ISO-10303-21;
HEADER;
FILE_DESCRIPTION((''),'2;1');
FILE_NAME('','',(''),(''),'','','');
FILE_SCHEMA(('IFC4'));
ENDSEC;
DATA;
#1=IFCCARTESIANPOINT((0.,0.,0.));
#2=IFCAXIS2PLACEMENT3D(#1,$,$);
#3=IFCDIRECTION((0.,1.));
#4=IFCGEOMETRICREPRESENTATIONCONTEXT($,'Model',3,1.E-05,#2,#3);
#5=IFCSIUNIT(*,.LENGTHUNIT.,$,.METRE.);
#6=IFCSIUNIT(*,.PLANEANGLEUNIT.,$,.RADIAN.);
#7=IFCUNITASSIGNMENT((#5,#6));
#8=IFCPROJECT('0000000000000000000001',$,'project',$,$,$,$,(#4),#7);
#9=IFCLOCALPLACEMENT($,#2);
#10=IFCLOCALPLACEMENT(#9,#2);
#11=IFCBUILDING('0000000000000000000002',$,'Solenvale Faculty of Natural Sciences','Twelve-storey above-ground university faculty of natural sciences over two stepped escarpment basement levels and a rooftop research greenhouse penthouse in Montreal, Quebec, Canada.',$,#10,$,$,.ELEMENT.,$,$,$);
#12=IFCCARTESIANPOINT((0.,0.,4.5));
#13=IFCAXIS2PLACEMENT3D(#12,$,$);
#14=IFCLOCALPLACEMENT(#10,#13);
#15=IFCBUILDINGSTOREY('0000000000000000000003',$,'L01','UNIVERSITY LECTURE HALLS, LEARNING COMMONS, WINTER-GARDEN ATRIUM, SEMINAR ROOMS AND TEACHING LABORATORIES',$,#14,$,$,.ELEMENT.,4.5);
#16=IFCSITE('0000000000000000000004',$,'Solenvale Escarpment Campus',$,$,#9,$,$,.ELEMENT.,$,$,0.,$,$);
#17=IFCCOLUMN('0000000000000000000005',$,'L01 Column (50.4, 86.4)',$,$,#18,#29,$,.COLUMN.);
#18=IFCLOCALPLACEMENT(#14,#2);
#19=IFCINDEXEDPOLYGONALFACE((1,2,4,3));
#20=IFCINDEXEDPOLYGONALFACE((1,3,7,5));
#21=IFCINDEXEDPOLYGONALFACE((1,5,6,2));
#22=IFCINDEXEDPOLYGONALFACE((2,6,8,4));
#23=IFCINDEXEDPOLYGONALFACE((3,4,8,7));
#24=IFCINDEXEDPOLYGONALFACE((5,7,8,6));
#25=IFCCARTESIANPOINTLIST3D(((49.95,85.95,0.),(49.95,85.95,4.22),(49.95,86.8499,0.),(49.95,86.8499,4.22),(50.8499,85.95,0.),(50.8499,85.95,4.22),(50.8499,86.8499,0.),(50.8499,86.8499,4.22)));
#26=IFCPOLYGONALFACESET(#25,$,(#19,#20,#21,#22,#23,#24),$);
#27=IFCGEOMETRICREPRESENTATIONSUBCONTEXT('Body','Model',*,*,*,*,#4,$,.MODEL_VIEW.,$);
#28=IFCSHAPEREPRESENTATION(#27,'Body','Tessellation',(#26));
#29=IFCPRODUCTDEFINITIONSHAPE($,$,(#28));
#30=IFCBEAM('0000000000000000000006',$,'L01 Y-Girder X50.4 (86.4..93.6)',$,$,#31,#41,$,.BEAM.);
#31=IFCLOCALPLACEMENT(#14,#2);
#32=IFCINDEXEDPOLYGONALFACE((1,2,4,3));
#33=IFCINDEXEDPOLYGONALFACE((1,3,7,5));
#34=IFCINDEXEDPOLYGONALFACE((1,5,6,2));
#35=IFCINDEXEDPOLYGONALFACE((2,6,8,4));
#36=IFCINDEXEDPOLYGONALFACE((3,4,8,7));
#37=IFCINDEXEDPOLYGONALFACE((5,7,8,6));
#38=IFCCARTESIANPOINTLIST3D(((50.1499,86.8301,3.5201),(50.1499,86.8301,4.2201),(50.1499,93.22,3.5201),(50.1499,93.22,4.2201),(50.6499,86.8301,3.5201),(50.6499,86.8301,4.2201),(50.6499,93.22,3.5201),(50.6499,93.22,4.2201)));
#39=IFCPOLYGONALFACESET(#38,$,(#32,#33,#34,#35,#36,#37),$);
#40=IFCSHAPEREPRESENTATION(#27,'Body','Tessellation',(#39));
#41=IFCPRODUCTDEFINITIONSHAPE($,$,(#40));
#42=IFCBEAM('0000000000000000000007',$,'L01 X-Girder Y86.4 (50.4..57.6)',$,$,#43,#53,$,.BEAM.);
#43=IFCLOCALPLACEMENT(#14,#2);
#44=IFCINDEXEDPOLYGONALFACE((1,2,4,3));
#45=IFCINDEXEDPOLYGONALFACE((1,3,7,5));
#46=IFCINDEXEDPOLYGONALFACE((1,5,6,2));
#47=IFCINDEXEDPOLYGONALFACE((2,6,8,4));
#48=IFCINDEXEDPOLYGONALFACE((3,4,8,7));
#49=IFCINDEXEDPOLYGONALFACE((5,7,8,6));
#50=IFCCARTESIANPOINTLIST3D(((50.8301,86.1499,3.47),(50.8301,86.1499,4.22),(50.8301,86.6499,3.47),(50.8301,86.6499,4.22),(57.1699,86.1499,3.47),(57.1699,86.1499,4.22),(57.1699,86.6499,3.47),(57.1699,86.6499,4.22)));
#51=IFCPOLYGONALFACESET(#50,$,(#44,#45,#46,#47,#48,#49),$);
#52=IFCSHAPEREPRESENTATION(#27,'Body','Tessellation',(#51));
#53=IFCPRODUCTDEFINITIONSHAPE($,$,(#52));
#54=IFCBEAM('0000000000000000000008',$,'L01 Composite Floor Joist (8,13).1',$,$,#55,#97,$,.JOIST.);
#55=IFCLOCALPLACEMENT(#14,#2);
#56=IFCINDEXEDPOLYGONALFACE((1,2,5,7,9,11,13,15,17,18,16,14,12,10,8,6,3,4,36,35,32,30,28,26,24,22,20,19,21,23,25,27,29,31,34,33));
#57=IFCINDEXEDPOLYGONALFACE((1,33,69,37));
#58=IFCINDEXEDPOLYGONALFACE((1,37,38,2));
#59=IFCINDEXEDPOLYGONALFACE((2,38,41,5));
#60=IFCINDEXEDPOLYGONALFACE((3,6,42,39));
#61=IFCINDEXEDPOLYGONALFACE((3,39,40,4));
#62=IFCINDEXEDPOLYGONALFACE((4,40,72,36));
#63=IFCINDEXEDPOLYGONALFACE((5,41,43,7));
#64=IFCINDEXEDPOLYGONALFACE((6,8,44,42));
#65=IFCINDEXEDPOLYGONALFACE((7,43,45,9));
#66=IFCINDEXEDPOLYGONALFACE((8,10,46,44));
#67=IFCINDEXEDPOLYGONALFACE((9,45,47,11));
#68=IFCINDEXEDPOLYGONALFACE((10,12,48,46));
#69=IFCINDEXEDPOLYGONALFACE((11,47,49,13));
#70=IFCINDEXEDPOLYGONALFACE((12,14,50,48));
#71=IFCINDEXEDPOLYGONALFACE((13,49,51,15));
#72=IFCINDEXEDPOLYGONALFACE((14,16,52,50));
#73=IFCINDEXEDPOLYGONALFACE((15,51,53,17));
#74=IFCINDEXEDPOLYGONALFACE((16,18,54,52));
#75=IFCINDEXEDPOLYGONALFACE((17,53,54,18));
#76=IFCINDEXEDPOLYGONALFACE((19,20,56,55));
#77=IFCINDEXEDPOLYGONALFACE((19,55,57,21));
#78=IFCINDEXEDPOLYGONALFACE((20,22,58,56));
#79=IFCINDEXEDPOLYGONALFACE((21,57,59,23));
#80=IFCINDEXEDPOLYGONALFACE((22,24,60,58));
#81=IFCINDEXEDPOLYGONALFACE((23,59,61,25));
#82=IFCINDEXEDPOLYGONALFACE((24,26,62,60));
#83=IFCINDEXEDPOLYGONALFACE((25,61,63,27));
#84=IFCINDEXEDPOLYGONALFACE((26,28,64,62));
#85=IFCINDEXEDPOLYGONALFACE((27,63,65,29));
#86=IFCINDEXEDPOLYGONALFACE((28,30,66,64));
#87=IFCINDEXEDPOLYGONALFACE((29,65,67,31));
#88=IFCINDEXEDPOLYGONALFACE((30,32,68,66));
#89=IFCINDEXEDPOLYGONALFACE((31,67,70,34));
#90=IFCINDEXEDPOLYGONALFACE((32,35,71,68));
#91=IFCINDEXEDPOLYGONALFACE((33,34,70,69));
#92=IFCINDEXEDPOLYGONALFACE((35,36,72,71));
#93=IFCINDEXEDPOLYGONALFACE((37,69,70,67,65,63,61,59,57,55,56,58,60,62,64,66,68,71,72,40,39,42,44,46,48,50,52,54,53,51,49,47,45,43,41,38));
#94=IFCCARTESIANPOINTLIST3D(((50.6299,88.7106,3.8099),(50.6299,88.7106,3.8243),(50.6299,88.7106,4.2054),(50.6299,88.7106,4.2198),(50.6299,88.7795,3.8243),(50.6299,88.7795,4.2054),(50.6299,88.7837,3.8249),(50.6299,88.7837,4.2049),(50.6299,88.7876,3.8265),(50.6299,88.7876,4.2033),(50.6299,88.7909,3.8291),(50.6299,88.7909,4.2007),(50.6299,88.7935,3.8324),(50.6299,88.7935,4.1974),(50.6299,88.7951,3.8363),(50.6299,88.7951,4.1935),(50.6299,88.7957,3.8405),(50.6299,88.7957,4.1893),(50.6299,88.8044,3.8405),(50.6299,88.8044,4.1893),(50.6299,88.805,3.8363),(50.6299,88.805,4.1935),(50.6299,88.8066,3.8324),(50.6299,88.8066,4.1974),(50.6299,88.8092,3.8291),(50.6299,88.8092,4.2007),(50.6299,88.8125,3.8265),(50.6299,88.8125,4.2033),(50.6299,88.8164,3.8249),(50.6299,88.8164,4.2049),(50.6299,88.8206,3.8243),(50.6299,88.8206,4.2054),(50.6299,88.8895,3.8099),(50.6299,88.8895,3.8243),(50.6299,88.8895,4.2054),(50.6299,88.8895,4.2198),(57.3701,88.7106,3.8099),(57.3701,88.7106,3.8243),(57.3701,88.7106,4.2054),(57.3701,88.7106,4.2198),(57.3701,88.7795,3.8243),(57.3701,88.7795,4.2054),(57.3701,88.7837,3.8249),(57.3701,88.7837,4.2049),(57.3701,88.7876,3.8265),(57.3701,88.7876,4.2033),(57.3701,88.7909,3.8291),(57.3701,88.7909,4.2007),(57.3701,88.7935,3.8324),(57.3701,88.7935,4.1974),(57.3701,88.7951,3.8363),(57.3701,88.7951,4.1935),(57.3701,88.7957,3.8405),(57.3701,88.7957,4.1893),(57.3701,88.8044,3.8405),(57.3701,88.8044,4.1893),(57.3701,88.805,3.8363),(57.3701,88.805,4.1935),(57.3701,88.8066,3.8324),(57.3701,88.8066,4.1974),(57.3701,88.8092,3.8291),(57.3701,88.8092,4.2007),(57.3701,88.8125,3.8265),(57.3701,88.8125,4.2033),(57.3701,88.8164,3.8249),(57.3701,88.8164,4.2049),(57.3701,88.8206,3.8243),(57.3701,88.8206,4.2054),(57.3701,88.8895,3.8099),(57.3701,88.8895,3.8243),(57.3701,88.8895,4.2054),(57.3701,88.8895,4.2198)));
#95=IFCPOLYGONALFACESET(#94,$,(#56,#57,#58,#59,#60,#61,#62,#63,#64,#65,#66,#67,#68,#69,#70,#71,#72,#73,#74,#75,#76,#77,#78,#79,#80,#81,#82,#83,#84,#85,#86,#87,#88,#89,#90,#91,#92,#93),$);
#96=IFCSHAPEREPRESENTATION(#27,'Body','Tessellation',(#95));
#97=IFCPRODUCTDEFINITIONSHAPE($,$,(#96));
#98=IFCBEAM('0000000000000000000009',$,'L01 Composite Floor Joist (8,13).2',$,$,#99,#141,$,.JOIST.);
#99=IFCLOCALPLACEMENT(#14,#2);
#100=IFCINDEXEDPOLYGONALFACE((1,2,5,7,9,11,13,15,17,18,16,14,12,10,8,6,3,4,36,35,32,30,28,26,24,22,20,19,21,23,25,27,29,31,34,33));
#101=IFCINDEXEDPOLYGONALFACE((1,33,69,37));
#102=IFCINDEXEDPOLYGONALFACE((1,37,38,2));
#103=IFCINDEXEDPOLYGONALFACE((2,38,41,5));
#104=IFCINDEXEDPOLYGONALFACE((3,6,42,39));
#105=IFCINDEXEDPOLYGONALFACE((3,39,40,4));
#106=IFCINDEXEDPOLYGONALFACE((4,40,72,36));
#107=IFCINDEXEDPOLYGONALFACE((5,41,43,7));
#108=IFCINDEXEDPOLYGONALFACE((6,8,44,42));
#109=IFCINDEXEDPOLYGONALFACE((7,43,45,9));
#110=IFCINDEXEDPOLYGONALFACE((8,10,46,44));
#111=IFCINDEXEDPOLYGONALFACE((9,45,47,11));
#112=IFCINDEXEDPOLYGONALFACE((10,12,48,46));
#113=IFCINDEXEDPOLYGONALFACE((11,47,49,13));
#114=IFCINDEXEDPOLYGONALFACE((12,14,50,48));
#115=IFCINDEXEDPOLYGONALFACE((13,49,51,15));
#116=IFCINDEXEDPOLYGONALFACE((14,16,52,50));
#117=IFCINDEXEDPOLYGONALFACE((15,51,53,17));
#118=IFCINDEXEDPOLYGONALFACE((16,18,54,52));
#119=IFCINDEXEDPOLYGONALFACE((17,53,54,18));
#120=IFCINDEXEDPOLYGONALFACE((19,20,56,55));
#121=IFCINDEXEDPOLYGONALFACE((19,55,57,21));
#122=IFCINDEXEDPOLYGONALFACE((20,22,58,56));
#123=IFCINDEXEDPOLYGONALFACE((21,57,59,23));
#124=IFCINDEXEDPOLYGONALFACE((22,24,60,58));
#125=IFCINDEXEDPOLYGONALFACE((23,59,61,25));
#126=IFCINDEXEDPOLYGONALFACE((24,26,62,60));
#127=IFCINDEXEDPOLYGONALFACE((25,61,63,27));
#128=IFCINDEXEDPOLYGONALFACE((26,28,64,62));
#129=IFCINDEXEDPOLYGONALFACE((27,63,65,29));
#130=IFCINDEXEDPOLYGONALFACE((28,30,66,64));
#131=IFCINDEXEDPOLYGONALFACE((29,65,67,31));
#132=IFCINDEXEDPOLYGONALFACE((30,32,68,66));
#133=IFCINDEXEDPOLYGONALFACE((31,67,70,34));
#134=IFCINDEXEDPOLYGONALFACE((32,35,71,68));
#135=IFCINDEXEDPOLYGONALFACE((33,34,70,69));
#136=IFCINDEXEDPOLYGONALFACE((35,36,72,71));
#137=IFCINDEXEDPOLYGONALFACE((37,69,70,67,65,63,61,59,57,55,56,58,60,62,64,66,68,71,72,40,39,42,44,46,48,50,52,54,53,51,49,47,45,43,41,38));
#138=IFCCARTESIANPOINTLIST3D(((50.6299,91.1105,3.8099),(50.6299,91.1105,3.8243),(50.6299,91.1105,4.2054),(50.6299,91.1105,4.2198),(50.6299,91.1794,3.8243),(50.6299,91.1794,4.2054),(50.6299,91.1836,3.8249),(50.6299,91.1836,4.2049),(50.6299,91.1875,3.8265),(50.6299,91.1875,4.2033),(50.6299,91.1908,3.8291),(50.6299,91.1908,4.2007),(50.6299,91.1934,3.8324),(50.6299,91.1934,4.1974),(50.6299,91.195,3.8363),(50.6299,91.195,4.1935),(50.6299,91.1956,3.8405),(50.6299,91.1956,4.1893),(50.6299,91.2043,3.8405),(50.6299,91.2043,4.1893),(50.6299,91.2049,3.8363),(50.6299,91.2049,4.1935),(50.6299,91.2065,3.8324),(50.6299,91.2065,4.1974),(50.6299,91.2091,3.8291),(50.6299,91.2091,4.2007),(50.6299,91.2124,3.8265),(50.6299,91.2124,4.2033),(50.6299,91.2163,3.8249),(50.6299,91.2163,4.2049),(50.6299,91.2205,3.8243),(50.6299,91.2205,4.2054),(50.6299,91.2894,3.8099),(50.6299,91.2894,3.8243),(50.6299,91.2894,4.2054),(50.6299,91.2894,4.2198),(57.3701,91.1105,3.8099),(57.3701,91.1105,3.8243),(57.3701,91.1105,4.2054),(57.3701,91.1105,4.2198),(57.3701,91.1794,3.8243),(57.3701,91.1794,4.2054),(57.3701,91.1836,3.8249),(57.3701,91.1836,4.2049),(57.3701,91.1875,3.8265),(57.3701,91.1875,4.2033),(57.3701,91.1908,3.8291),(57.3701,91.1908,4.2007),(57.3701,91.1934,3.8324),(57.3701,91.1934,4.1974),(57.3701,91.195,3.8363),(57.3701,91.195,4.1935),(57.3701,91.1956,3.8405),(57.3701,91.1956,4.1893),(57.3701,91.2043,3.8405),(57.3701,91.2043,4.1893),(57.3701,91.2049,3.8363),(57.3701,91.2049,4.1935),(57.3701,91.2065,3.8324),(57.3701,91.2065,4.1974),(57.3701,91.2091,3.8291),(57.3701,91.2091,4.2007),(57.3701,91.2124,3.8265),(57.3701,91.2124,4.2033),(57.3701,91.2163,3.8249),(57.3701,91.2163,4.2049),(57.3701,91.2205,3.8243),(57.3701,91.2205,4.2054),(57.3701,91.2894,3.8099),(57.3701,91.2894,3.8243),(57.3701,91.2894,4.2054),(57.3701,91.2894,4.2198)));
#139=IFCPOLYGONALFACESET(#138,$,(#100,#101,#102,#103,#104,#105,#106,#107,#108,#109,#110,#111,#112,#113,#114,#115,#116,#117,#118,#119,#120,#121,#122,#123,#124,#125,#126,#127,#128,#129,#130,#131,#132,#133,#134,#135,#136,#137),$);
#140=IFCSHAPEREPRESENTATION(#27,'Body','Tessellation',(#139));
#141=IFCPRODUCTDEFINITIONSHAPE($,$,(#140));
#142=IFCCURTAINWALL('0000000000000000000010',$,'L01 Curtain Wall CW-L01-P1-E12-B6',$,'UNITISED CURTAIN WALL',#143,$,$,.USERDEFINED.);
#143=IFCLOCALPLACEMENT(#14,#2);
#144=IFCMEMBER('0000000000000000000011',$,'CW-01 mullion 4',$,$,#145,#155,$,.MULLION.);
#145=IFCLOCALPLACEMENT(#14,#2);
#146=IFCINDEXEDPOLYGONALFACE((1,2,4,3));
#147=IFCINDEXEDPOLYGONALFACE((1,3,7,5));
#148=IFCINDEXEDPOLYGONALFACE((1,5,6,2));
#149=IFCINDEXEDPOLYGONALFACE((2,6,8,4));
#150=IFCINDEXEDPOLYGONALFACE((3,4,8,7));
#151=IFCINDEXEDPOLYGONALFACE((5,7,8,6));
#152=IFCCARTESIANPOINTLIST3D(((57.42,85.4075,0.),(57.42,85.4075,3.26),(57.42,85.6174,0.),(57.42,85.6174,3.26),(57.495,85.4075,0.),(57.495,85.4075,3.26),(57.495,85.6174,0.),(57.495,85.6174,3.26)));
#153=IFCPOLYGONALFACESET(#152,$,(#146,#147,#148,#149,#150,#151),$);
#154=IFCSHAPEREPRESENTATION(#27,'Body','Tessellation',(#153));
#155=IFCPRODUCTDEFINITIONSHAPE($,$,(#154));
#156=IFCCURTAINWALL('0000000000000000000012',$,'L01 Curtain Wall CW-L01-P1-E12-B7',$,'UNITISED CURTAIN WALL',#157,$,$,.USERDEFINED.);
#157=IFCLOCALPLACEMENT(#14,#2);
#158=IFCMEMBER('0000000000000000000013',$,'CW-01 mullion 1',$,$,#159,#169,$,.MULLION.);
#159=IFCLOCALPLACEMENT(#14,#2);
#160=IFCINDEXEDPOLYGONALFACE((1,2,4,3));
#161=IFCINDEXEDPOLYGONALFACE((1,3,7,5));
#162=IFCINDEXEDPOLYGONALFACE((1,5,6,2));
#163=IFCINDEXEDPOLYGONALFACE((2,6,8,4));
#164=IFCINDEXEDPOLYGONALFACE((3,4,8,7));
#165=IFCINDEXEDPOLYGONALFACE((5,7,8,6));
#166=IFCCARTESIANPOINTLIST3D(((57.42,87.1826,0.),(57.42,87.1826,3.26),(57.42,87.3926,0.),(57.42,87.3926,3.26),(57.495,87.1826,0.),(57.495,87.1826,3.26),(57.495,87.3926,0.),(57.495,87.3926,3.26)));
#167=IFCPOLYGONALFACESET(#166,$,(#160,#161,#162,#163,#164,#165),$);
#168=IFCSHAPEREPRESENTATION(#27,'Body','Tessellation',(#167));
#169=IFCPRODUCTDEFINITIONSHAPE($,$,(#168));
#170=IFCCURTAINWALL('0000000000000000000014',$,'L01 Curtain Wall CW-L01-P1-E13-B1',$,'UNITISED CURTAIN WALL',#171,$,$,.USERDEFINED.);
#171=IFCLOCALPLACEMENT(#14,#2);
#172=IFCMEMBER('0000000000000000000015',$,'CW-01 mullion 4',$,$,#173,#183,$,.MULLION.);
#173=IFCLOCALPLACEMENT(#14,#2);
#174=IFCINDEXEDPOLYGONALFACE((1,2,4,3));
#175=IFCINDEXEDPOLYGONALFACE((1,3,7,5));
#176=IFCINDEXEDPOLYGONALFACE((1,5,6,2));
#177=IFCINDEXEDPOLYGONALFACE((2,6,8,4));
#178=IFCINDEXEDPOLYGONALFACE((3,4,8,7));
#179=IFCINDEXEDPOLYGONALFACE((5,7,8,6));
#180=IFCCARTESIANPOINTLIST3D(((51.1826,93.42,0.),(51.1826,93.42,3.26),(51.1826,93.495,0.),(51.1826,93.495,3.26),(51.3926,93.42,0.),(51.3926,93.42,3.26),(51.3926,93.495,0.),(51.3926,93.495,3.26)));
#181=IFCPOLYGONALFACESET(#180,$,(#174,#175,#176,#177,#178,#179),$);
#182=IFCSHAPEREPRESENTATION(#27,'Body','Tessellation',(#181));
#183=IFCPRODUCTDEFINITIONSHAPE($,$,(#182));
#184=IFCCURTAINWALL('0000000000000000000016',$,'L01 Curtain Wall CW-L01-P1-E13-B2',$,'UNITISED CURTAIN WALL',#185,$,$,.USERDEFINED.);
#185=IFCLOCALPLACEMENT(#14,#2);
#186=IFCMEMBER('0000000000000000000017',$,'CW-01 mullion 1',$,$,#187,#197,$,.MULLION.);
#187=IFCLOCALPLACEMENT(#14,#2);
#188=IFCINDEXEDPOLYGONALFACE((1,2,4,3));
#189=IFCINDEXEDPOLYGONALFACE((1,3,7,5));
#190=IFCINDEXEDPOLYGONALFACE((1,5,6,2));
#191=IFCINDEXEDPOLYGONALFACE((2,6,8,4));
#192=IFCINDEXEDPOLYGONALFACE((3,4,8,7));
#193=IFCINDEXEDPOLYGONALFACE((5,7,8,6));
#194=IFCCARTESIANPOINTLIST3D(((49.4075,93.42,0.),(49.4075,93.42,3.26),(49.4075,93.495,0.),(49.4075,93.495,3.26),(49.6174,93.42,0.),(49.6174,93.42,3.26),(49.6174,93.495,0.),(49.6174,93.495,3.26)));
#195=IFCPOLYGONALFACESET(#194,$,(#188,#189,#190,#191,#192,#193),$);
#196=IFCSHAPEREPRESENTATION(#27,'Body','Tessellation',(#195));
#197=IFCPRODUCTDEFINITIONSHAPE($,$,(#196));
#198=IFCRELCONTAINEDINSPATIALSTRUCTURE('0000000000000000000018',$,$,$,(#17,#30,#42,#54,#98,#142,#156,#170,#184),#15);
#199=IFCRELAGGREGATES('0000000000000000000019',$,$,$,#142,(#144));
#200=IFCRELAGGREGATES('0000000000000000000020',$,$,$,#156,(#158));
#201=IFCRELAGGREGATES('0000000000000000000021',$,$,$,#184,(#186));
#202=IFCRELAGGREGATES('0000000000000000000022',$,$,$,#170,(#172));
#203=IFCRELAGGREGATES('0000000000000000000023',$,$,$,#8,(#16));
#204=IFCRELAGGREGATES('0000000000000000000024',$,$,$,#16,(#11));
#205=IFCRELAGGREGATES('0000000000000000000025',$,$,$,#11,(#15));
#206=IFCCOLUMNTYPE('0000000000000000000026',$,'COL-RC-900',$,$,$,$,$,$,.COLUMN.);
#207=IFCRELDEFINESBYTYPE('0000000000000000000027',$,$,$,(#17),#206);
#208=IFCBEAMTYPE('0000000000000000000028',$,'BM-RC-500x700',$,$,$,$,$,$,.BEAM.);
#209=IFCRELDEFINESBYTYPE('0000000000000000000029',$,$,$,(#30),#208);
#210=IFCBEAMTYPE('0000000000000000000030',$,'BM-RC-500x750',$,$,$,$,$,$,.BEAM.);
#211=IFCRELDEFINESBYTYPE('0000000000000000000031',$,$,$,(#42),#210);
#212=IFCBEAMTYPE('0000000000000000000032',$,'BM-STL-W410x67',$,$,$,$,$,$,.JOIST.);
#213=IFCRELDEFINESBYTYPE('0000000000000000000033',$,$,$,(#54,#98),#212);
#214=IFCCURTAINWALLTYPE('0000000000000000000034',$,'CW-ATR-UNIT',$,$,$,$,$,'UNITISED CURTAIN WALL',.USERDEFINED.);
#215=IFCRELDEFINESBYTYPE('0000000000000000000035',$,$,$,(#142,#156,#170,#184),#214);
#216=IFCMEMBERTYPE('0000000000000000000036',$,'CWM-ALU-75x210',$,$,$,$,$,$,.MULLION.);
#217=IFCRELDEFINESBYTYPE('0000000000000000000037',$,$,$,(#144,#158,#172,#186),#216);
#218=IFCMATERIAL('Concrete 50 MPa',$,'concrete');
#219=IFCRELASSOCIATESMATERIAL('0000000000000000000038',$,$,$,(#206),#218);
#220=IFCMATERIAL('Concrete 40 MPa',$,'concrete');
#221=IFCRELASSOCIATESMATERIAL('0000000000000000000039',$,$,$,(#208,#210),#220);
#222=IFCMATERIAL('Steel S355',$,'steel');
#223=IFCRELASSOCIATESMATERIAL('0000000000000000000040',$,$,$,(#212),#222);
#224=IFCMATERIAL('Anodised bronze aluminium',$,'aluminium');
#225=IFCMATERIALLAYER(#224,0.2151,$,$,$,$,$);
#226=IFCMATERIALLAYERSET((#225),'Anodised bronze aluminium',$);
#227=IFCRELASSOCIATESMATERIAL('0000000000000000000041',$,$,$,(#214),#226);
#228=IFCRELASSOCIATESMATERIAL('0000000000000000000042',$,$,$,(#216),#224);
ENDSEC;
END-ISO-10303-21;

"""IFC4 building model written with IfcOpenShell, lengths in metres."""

from ifc_helpers import new_model, si_unit, direction, frame, origin, origin_2d, place, context, subcontext, project, spatial, rectangle, i_section, extrude, material, layer, layer_set, material_profile, profile_set, type_object, element, aggregate, save


model = new_model("IFC4")

# Units and contexts
model_context = context("Model", 3, precision=1e-05, world=origin(), true_north=direction((0.0, 1.0)))
body_context = subcontext(model_context, "Body", "Model", "MODEL_VIEW")
ifc_project = project(units=[si_unit("LENGTHUNIT", "METRE"), si_unit("PLANEANGLEUNIT", "RADIAN")], contexts=[model_context])

# Site, building, storey
site_placement = place(None, origin())
site = spatial("IfcSite", under=ifc_project, at=site_placement, Name="Solenvale Escarpment Campus", CompositionType="ELEMENT", RefElevation=0.0)
building_placement = place(site_placement, origin())
building = spatial("IfcBuilding", under=site, at=building_placement, Name="Solenvale Faculty of Natural Sciences", Description="Twelve-storey above-ground university faculty of natural sciences over two stepped escarpment basement levels and a rooftop research greenhouse penthouse in Montreal, Quebec, Canada.", CompositionType="ELEMENT")
storey_placement = place(building_placement, frame((0.0, 0.0, 4.5)))
storey = spatial("IfcBuildingStorey", under=building, at=storey_placement, Name="L01", Description="UNIVERSITY LECTURE HALLS, LEARNING COMMONS, WINTER-GARDEN ATRIUM, SEMINAR ROOMS AND TEACHING LABORATORIES", CompositionType="ELEMENT", Elevation=4.5)

# Column
ifc_material_1 = material(Name="Concrete 50 MPa", Category="concrete")
ifc_material_profile_1 = material_profile(ifc_material_1, rectangle(XDim=0.8999, YDim=0.8999, at=origin_2d()), Name="RC-COL-900x900")
ifc_profile_set_1 = profile_set([ifc_material_profile_1], Name="Concrete 50 MPa")
column_type = type_object("IfcColumnType", Name="COL-RC-900", PredefinedType="COLUMN", material=ifc_profile_set_1)
column_placement = place(storey_placement, frame((50.3999, 86.3999, 0.0), z_axis=(0.0, 0.0, 1.0), x_axis=(1.0, 0.0, 0.0)))
element("IfcColumn", 1, at=column_placement, inside=storey, type_object=column_type, Name="L01 Column (50.4, 86.4)", PredefinedType="COLUMN", context=body_context, shape_type="SweptSolid", body=[
    extrude(rectangle(XDim=0.8999, YDim=0.8999, at=origin_2d()), origin(), (0.0, 0.0, 1.0), 4.22),
])

# Beams
ifc_material_2 = material(Name="Concrete 40 MPa", Category="concrete")
ifc_material_profile_2 = material_profile(ifc_material_2, rectangle(XDim=0.5, YDim=0.7, at=origin_2d()), Name="RC-BM-500x700")
ifc_profile_set_2 = profile_set([ifc_material_profile_2], Name="Concrete 40 MPa")
beam_type_1 = type_object("IfcBeamType", Name="BM-RC-500x700", PredefinedType="BEAM", material=ifc_profile_set_2)
beam_1_placement = place(storey_placement, frame((50.3999, 86.8301, 3.8701), z_axis=(0.0, 1.0, 0.0), x_axis=(-1.0, 0.0, 0.0)))
element("IfcBeam", 2, at=beam_1_placement, inside=storey, type_object=beam_type_1, Name="L01 Y-Girder X50.4 (86.4..93.6)", PredefinedType="BEAM", context=body_context, shape_type="SweptSolid", body=[
    extrude(rectangle(XDim=0.5, YDim=0.7, at=origin_2d()), origin(), (0.0, 0.0, 1.0), 6.3899),
])
ifc_material_profile_3 = material_profile(ifc_material_2, rectangle(XDim=0.5, YDim=0.75, at=origin_2d()), Name="RC-BM-500x750")
ifc_profile_set_3 = profile_set([ifc_material_profile_3], Name="Concrete 40 MPa")
beam_type_2 = type_object("IfcBeamType", Name="BM-RC-500x750", PredefinedType="BEAM", material=ifc_profile_set_3)
beam_2_placement = place(storey_placement, frame((50.8301, 86.3999, 3.845), z_axis=(1.0, 0.0, 0.0), x_axis=(0.0, 1.0, 0.0)))
element("IfcBeam", 3, at=beam_2_placement, inside=storey, type_object=beam_type_2, Name="L01 X-Girder Y86.4 (50.4..57.6)", PredefinedType="BEAM", context=body_context, shape_type="SweptSolid", body=[
    extrude(rectangle(XDim=0.5, YDim=0.75, at=origin_2d()), origin(), (0.0, 0.0, 1.0), 6.3398),
])
ifc_material_3 = material(Name="Steel S355", Category="steel")
ifc_material_profile_4 = material_profile(ifc_material_3, i_section(OverallWidth=0.179, OverallDepth=0.4099, WebThickness=0.0088, FlangeThickness=0.0144, FilletRadius=0.0161, at=origin_2d()), Name="W410x67")
ifc_profile_set_4 = profile_set([ifc_material_profile_4], Name="Steel S355")
beam_type_3 = type_object("IfcBeamType", Name="BM-STL-W410x67", PredefinedType="JOIST", material=ifc_profile_set_4)
for number, where, z_axis, x_axis, name in (
    (4, (50.6299, 88.8, 4.0149), (1.0, 0.0, 0.0), (0.0, 1.0, 0.0), "L01 Composite Floor Joist (8,13).1"),
    (5, (50.6299, 91.2, 4.0149), (1.0, 0.0, 0.0), (0.0, 1.0, 0.0), "L01 Composite Floor Joist (8,13).2"),
):
    element("IfcBeam", number, at=place(storey_placement, frame(where, z_axis=z_axis, x_axis=x_axis)), inside=storey, type_object=beam_type_3, Name=name, PredefinedType="JOIST", context=body_context, shape_type="SweptSolid", body=[
        extrude(i_section(OverallWidth=0.179, OverallDepth=0.4099, WebThickness=0.0088, FlangeThickness=0.0144, FilletRadius=0.0161, at=origin_2d()), origin(), (0.0, 0.0, 1.0), 6.7402),
    ])

# Curtain walls, members
ifc_material_4 = material(Name="Anodised bronze aluminium", Category="aluminium")
ifc_layer_1 = layer(ifc_material_4, 0.2151)
ifc_layer_set_1 = layer_set([ifc_layer_1], Name="Anodised bronze aluminium")
curtain_wall_type = type_object("IfcCurtainWallType", Name="CW-ATR-UNIT", ElementType="UNITISED CURTAIN WALL", PredefinedType="USERDEFINED", material=ifc_layer_set_1)
curtain_wall_1_placement = place(storey_placement, origin())
curtain_wall_1 = element("IfcCurtainWall", 6, at=curtain_wall_1_placement, inside=storey, type_object=curtain_wall_type, Name="L01 Curtain Wall CW-L01-P1-E12-B6", ObjectType="UNITISED CURTAIN WALL", PredefinedType="USERDEFINED")
ifc_material_profile_5 = material_profile(ifc_material_4, rectangle(XDim=0.075, YDim=0.21, at=origin_2d()), Name="ALU-MUL-75x210")
ifc_profile_set_5 = profile_set([ifc_material_profile_5], Name="Anodised bronze aluminium")
member_type_1 = type_object("IfcMemberType", Name="CWM-ALU-75x210", PredefinedType="MULLION", material=ifc_profile_set_5)
member_1_placement = place(storey_placement, frame((57.4575, 85.5125, 0.0), z_axis=(0.0, 0.0, 1.0), x_axis=(-1.0, 0.0, 0.0)))
member_1 = element("IfcMember", 7, at=member_1_placement, type_object=member_type_1, Name="CW-01 mullion 4", PredefinedType="MULLION", context=body_context, shape_type="SweptSolid", body=[
    extrude(rectangle(XDim=0.075, YDim=0.21, at=origin_2d()), origin(), (0.0, 0.0, 1.0), 3.26),
])
aggregate(curtain_wall_1, [member_1])
curtain_wall_2_placement = place(storey_placement, origin())
curtain_wall_2 = element("IfcCurtainWall", 8, at=curtain_wall_2_placement, inside=storey, type_object=curtain_wall_type, Name="L01 Curtain Wall CW-L01-P1-E12-B7", ObjectType="UNITISED CURTAIN WALL", PredefinedType="USERDEFINED")
member_2_placement = place(storey_placement, frame((57.4575, 87.2876, 0.0), z_axis=(0.0, 0.0, 1.0), x_axis=(-1.0, 0.0, 0.0)))
member_2 = element("IfcMember", 9, at=member_2_placement, type_object=member_type_1, Name="CW-01 mullion 1", PredefinedType="MULLION", context=body_context, shape_type="SweptSolid", body=[
    extrude(rectangle(XDim=0.075, YDim=0.21, at=origin_2d()), origin(), (0.0, 0.0, 1.0), 3.26),
])
curtain_wall_3_placement = place(storey_placement, origin())
curtain_wall_3 = element("IfcCurtainWall", 10, at=curtain_wall_3_placement, inside=storey, type_object=curtain_wall_type, Name="L01 Curtain Wall CW-L01-P1-E13-B1", ObjectType="UNITISED CURTAIN WALL", PredefinedType="USERDEFINED")
member_3_placement = place(storey_placement, frame((51.2876, 93.4575, 0.0), z_axis=(0.0, 0.0, 1.0), x_axis=(0.0, -1.0, 0.0)))
member_3 = element("IfcMember", 11, at=member_3_placement, type_object=member_type_1, Name="CW-01 mullion 4", PredefinedType="MULLION", context=body_context, shape_type="SweptSolid", body=[
    extrude(rectangle(XDim=0.075, YDim=0.21, at=origin_2d()), origin(), (0.0, 0.0, 1.0), 3.26),
])
curtain_wall_4_placement = place(storey_placement, origin())
curtain_wall_4 = element("IfcCurtainWall", 12, at=curtain_wall_4_placement, inside=storey, type_object=curtain_wall_type, Name="L01 Curtain Wall CW-L01-P1-E13-B2", ObjectType="UNITISED CURTAIN WALL", PredefinedType="USERDEFINED")
member_4_placement = place(storey_placement, frame((49.5125, 93.4575, 0.0), z_axis=(0.0, 0.0, 1.0), x_axis=(0.0, -1.0, 0.0)))
member_4 = element("IfcMember", 13, at=member_4_placement, type_object=member_type_1, Name="CW-01 mullion 1", PredefinedType="MULLION", context=body_context, shape_type="SweptSolid", body=[
    extrude(rectangle(XDim=0.075, YDim=0.21, at=origin_2d()), origin(), (0.0, 0.0, 1.0), 3.26),
])

aggregate(curtain_wall_2, [member_2])
aggregate(curtain_wall_4, [member_4])

aggregate(curtain_wall_3, [member_3])

save(model, "model.ifc")
